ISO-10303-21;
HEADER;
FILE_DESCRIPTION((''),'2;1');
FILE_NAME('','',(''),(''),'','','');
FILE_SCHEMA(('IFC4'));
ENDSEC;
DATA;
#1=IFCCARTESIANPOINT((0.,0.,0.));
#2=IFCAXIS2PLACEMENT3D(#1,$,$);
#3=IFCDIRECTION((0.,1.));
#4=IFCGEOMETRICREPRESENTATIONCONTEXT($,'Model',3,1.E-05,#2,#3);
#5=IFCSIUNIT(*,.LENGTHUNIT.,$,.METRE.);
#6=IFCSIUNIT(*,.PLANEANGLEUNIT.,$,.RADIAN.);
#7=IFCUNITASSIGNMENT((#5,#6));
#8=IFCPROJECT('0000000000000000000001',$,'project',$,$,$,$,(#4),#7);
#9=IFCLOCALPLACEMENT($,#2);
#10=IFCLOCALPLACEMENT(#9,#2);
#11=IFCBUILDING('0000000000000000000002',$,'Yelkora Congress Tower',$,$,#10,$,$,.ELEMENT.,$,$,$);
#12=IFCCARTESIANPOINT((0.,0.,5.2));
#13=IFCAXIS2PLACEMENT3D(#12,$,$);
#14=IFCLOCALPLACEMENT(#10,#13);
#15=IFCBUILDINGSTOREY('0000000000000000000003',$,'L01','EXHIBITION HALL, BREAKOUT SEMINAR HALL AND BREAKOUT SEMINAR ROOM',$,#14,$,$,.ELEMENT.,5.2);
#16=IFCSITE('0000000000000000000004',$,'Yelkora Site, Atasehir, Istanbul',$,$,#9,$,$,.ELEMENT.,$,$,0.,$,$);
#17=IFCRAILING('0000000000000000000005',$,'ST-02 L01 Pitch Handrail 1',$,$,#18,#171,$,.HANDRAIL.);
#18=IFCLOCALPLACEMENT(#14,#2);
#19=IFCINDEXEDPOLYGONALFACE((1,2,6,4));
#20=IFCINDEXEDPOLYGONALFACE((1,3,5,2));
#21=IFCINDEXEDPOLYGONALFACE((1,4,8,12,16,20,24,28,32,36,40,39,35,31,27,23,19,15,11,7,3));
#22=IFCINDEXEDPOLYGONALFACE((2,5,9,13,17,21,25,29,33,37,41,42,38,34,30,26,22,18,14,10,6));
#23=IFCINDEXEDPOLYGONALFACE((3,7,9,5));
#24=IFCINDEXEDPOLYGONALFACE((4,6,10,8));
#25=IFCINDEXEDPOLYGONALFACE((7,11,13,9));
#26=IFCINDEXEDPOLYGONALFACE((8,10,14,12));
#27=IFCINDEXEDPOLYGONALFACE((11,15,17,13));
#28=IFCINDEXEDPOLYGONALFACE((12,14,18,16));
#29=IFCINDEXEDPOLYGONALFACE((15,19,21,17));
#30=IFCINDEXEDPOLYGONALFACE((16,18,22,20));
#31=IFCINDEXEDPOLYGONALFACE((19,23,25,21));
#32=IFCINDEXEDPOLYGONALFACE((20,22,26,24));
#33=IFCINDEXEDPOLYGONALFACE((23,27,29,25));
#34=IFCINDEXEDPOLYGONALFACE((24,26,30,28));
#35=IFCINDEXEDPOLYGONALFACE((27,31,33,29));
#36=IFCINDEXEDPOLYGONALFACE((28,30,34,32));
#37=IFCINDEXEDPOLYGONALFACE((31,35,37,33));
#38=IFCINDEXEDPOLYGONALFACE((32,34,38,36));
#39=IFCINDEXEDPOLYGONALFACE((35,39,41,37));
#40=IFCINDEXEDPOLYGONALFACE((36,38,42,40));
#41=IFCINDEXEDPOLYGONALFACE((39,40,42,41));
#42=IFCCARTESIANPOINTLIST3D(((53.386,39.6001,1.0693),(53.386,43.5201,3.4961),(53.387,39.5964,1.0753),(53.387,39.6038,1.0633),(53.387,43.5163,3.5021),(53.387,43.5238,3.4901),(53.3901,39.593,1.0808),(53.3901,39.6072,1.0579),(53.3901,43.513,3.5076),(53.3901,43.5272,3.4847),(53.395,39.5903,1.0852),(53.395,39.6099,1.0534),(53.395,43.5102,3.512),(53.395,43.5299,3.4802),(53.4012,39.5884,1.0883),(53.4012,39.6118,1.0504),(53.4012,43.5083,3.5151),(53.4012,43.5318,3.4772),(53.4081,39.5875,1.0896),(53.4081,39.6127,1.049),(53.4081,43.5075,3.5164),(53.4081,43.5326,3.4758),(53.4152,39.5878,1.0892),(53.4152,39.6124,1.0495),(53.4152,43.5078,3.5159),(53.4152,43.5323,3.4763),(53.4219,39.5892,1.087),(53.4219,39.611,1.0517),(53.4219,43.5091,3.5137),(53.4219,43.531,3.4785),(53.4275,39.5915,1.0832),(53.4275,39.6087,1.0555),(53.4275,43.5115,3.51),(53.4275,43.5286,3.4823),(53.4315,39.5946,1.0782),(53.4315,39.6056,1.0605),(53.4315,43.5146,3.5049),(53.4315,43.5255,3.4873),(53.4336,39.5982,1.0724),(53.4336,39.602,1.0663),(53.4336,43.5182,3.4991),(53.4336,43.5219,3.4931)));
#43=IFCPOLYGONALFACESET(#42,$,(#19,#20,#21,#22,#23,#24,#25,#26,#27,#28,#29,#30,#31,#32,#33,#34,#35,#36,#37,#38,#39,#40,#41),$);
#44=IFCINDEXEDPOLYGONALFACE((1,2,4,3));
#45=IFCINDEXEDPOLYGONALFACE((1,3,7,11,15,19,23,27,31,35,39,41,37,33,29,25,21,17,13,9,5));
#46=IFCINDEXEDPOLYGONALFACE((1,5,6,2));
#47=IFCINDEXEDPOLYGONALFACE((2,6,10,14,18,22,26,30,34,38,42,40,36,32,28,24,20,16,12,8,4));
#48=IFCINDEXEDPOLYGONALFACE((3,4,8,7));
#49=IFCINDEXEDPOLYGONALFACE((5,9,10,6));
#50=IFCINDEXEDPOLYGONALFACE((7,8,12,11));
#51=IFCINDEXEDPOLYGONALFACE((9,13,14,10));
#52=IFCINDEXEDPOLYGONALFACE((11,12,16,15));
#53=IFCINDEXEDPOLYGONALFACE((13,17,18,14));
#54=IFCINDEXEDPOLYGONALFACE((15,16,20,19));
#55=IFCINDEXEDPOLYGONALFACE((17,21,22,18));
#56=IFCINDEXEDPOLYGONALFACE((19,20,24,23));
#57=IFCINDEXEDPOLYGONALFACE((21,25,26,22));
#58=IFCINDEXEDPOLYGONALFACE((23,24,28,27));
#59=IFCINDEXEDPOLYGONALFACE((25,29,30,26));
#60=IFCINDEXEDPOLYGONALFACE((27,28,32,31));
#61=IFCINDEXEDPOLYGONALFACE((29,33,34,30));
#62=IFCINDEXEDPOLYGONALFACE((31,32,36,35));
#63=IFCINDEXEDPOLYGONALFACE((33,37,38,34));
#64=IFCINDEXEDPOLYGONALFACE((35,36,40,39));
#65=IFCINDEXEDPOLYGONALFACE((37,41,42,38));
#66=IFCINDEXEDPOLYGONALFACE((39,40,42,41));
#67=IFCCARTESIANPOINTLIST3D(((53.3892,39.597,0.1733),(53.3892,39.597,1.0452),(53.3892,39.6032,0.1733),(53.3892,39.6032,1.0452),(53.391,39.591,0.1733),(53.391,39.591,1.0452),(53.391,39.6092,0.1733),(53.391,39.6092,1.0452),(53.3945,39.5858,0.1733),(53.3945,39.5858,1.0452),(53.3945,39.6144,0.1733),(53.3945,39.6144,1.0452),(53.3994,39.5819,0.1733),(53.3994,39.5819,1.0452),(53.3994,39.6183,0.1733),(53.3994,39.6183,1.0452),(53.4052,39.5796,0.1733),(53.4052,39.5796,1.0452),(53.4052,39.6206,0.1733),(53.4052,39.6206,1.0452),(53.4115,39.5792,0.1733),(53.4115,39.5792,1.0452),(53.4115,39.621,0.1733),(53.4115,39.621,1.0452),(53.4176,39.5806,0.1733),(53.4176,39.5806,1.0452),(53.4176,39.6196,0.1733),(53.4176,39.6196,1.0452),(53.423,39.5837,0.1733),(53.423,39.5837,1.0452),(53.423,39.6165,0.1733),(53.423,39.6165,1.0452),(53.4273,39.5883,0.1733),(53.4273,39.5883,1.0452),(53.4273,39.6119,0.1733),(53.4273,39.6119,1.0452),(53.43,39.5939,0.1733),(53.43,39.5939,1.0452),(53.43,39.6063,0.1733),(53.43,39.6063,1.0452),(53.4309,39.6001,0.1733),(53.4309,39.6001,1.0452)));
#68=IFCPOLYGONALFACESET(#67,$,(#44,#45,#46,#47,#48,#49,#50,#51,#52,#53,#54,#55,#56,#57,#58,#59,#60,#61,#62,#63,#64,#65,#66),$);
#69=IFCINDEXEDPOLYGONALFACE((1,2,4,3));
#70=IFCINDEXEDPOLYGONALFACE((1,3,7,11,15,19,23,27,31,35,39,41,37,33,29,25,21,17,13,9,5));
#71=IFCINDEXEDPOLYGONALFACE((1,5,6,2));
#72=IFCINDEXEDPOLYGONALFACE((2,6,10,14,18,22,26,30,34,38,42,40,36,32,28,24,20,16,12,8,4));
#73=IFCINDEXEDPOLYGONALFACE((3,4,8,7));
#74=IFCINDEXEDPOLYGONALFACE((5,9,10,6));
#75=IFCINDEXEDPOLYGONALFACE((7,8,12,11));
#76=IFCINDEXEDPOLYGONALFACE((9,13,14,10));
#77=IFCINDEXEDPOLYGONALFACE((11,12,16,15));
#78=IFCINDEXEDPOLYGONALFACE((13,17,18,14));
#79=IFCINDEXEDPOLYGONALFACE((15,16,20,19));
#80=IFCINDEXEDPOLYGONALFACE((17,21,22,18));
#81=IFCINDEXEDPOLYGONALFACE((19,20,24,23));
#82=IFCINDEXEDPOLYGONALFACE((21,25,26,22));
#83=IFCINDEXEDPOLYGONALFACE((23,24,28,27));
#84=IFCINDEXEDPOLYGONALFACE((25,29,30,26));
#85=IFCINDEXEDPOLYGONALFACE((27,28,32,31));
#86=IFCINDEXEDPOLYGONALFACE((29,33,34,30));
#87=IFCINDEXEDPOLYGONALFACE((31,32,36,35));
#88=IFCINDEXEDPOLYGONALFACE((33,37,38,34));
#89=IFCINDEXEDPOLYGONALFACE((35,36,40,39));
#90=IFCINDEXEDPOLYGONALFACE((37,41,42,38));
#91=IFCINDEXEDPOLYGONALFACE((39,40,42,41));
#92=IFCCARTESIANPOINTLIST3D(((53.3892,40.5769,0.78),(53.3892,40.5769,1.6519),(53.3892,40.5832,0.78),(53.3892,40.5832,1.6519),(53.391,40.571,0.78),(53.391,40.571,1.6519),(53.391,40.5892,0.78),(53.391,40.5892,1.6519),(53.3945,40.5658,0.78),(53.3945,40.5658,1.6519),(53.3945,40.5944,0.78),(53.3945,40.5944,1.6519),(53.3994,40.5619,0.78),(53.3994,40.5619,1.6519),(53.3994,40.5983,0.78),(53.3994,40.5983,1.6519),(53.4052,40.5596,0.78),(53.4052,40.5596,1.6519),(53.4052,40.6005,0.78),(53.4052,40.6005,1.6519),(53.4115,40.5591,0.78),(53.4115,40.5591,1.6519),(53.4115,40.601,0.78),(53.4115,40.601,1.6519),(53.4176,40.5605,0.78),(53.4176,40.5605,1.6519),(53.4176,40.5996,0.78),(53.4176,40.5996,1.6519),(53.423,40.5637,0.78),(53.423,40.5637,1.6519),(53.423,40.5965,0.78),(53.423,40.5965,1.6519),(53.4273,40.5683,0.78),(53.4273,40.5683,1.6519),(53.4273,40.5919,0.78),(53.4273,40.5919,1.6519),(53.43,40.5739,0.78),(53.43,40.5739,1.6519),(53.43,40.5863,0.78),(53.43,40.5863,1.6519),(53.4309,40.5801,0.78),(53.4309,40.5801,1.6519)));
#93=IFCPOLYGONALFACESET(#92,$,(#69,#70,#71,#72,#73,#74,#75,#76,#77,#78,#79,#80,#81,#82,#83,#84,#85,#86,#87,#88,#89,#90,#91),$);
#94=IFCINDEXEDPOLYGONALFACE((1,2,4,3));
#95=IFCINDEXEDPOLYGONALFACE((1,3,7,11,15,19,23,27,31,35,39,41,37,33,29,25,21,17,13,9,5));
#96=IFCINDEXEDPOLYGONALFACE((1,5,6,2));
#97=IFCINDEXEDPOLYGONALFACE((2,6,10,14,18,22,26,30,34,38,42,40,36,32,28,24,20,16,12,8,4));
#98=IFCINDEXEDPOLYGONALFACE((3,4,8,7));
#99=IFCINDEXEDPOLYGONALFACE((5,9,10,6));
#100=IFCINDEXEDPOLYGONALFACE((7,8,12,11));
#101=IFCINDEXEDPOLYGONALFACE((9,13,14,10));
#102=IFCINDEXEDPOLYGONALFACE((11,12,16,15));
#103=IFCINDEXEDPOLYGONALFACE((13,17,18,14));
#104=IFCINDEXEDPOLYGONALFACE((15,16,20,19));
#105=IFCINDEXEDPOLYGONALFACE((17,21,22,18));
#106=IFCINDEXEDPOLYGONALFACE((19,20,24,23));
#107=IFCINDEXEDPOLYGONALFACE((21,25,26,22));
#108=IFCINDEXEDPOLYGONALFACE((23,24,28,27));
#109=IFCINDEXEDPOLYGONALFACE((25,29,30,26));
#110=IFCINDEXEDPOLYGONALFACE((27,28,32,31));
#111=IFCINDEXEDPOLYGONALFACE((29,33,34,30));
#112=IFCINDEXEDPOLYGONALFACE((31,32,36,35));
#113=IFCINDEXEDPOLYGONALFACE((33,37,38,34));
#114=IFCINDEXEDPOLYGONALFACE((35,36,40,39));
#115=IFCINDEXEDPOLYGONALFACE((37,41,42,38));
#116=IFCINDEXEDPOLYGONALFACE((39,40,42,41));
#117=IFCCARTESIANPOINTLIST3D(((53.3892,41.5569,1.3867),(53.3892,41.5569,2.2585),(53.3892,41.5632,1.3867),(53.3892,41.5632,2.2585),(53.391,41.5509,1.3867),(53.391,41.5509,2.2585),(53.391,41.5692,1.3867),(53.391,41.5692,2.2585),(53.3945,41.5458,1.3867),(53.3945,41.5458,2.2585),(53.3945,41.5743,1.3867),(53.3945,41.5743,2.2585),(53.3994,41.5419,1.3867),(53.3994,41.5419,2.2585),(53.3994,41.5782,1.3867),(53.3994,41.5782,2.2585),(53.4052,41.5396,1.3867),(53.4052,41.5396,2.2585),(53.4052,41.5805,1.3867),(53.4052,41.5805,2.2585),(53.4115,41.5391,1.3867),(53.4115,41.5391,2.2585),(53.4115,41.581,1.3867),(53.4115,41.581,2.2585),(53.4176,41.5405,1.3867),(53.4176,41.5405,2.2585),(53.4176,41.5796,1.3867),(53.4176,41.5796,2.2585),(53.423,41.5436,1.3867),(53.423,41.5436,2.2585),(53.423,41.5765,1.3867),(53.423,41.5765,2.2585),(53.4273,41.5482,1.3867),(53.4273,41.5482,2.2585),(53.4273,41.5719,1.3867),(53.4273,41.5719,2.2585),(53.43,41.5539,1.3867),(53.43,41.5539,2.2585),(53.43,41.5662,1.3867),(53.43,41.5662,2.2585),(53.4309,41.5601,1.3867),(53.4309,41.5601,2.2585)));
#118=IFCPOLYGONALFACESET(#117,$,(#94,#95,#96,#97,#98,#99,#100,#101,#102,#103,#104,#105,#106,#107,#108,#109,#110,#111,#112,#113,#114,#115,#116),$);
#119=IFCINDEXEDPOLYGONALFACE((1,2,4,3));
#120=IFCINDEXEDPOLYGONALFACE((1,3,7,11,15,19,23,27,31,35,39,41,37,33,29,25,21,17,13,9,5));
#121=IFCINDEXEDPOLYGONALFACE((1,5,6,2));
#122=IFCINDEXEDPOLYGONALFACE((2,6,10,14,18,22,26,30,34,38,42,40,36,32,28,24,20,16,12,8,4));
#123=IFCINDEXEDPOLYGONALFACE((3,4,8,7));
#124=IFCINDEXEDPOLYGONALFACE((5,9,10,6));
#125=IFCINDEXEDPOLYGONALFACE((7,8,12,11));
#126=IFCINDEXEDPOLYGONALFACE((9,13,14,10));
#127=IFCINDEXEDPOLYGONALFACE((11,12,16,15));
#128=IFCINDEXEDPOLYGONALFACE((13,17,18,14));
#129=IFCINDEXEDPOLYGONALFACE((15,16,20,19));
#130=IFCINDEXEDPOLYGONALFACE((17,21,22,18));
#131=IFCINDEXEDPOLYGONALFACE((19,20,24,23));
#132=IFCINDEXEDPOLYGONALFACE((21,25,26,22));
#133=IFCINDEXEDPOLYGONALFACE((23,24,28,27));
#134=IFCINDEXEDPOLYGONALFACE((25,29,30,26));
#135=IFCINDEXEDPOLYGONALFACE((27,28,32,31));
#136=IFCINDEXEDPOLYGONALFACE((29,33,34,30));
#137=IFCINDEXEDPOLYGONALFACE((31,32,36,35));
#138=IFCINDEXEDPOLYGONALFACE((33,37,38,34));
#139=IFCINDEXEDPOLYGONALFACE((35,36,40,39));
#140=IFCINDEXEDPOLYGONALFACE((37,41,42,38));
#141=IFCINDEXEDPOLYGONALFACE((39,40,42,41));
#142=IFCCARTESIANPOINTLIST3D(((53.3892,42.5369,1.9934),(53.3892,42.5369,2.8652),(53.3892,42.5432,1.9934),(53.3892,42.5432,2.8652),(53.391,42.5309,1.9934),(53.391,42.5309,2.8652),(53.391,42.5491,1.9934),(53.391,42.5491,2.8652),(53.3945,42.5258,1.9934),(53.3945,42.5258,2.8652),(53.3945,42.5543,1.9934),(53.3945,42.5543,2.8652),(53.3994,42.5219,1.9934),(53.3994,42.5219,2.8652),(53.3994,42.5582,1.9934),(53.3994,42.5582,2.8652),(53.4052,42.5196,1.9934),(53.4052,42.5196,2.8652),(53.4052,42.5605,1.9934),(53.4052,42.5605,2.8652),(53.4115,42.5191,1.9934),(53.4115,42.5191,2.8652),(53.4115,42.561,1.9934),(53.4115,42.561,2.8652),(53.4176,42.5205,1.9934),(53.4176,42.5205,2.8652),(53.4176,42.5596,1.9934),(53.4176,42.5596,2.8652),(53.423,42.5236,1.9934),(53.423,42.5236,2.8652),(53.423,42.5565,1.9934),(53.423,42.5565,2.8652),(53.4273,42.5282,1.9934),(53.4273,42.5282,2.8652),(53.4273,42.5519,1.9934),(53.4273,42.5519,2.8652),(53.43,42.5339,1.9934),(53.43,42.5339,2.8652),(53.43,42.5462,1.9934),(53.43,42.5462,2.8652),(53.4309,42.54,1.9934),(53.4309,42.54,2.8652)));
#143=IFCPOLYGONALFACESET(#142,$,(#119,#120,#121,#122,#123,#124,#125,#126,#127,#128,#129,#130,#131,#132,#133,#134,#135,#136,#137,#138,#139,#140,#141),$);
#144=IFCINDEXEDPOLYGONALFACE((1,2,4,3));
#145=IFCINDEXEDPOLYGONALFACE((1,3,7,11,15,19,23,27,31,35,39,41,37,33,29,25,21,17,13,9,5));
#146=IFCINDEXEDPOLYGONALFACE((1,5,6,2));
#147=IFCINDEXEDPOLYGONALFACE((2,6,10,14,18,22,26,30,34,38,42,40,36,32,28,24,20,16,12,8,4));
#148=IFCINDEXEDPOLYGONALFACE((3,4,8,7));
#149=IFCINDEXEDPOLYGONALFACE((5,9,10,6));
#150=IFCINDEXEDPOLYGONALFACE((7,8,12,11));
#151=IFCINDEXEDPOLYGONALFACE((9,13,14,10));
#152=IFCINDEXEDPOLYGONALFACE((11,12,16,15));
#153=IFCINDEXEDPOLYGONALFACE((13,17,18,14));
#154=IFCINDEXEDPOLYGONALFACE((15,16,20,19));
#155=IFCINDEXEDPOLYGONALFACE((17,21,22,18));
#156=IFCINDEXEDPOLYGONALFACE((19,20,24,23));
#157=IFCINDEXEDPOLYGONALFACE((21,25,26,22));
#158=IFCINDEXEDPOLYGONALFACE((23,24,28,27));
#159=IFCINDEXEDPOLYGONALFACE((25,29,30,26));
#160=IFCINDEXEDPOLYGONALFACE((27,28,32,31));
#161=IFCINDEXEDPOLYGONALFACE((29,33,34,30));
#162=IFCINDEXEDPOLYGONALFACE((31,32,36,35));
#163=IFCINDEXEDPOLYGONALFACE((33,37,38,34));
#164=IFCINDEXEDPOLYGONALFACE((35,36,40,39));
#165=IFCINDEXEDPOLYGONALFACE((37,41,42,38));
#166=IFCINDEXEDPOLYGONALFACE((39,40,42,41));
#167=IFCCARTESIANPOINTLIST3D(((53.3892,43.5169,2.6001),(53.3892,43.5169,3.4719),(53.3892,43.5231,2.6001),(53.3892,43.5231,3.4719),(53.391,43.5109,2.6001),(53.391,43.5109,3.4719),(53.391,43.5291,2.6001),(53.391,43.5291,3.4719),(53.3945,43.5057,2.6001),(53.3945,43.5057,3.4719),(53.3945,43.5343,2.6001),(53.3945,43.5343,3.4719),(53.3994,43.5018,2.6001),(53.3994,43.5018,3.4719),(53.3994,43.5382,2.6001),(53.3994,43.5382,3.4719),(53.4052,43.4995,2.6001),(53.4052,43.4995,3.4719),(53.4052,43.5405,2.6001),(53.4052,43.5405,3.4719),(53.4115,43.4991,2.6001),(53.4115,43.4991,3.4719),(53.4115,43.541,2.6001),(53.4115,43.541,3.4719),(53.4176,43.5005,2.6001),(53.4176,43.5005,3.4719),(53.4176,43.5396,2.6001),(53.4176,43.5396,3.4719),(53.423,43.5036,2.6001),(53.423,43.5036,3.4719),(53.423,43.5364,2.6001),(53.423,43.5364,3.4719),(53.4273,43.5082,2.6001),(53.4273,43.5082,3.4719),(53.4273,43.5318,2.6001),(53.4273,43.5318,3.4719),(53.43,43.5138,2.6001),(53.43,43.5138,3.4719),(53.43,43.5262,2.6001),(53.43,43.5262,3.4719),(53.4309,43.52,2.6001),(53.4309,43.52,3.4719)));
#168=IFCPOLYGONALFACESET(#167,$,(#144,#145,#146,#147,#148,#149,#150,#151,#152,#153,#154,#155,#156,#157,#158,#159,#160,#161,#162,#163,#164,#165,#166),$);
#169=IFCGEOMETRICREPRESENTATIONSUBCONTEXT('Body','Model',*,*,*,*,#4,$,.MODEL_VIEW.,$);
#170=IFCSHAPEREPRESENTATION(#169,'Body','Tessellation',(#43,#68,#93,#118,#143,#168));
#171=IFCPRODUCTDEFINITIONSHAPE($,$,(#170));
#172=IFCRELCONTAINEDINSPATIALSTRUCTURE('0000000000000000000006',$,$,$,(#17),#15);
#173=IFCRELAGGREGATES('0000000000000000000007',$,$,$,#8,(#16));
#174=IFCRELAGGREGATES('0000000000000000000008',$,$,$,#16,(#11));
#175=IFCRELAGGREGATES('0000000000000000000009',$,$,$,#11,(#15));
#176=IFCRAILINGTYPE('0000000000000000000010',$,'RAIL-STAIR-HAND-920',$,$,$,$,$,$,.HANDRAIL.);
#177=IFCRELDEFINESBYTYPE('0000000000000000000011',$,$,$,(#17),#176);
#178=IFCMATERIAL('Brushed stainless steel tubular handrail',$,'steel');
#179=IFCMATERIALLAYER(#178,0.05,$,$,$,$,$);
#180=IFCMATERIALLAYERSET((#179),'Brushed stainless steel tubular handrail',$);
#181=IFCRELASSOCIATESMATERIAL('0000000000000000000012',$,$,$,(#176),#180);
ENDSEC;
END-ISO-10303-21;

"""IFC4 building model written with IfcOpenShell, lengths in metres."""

from ifc_helpers import new_model, si_unit, direction, frame, origin, origin_2d, place, context, subcontext, project, spatial, circle, extrude, material, layer, layer_set, type_object, element, save


model = new_model("IFC4")

# Units and contexts
model_context = context("Model", 3, precision=1e-05, world=origin(), true_north=direction((0.0, 1.0)))
body_context = subcontext(model_context, "Body", "Model", "MODEL_VIEW")
ifc_project = project(units=[si_unit("LENGTHUNIT", "METRE"), si_unit("PLANEANGLEUNIT", "RADIAN")], contexts=[model_context])

# Site, building, storey
site_placement = place(None, origin())
site = spatial("IfcSite", under=ifc_project, at=site_placement, Name="Yelkora Site, Atasehir, Istanbul", CompositionType="ELEMENT", RefElevation=0.0)
building_placement = place(site_placement, origin())
building = spatial("IfcBuilding", under=site, at=building_placement, Name="Yelkora Congress Tower", CompositionType="ELEMENT")
storey_placement = place(building_placement, frame((0.0, 0.0, 5.2)))
storey = spatial("IfcBuildingStorey", under=building, at=storey_placement, Name="L01", Description="EXHIBITION HALL, BREAKOUT SEMINAR HALL AND BREAKOUT SEMINAR ROOM", CompositionType="ELEMENT", Elevation=5.2)

# Railing
ifc_material_1 = material(Name="Brushed stainless steel tubular handrail", Category="steel")
ifc_layer_1 = layer(ifc_material_1, 0.05)
ifc_layer_set_1 = layer_set([ifc_layer_1], Name="Brushed stainless steel tubular handrail")
railing_type_1 = type_object("IfcRailingType", Name="RAIL-STAIR-HAND-920", PredefinedType="HANDRAIL", material=ifc_layer_set_1)
railing_1_placement = place(storey_placement, frame((53.4099, 39.6001, 0.1733)))
element("IfcRailing", 1, at=railing_1_placement, inside=storey, type_object=railing_type_1, Name="ST-02 L01 Pitch Handrail 1", PredefinedType="HANDRAIL", context=body_context, shape_type="SweptSolid", body=[
    extrude(circle(Radius=0.0239, at=origin_2d()), frame((0.0, 0.0, 0.896), z_axis=(0.0, 0.850252, 0.526376), x_axis=(-1.0, 0.0, 0.0)), (0.0, 0.0, 1.0), 4.6104),
    extrude(circle(Radius=0.021, at=origin_2d()), origin(), (0.0, 0.0, 1.0), 0.8718),
    extrude(circle(Radius=0.021, at=origin_2d()), frame((0.0, 0.98, 0.6067)), (0.0, 0.0, 1.0), 0.8718),
    extrude(circle(Radius=0.021, at=origin_2d()), frame((0.0, 1.96, 1.2134)), (0.0, 0.0, 1.0), 0.8718),
    extrude(circle(Radius=0.021, at=origin_2d()), frame((0.0, 2.9399, 1.8201)), (0.0, 0.0, 1.0), 0.8718),
    extrude(circle(Radius=0.021, at=origin_2d()), frame((0.0, 3.9199, 2.4268)), (0.0, 0.0, 1.0), 0.8718),
])

save(model, "model.ifc")
